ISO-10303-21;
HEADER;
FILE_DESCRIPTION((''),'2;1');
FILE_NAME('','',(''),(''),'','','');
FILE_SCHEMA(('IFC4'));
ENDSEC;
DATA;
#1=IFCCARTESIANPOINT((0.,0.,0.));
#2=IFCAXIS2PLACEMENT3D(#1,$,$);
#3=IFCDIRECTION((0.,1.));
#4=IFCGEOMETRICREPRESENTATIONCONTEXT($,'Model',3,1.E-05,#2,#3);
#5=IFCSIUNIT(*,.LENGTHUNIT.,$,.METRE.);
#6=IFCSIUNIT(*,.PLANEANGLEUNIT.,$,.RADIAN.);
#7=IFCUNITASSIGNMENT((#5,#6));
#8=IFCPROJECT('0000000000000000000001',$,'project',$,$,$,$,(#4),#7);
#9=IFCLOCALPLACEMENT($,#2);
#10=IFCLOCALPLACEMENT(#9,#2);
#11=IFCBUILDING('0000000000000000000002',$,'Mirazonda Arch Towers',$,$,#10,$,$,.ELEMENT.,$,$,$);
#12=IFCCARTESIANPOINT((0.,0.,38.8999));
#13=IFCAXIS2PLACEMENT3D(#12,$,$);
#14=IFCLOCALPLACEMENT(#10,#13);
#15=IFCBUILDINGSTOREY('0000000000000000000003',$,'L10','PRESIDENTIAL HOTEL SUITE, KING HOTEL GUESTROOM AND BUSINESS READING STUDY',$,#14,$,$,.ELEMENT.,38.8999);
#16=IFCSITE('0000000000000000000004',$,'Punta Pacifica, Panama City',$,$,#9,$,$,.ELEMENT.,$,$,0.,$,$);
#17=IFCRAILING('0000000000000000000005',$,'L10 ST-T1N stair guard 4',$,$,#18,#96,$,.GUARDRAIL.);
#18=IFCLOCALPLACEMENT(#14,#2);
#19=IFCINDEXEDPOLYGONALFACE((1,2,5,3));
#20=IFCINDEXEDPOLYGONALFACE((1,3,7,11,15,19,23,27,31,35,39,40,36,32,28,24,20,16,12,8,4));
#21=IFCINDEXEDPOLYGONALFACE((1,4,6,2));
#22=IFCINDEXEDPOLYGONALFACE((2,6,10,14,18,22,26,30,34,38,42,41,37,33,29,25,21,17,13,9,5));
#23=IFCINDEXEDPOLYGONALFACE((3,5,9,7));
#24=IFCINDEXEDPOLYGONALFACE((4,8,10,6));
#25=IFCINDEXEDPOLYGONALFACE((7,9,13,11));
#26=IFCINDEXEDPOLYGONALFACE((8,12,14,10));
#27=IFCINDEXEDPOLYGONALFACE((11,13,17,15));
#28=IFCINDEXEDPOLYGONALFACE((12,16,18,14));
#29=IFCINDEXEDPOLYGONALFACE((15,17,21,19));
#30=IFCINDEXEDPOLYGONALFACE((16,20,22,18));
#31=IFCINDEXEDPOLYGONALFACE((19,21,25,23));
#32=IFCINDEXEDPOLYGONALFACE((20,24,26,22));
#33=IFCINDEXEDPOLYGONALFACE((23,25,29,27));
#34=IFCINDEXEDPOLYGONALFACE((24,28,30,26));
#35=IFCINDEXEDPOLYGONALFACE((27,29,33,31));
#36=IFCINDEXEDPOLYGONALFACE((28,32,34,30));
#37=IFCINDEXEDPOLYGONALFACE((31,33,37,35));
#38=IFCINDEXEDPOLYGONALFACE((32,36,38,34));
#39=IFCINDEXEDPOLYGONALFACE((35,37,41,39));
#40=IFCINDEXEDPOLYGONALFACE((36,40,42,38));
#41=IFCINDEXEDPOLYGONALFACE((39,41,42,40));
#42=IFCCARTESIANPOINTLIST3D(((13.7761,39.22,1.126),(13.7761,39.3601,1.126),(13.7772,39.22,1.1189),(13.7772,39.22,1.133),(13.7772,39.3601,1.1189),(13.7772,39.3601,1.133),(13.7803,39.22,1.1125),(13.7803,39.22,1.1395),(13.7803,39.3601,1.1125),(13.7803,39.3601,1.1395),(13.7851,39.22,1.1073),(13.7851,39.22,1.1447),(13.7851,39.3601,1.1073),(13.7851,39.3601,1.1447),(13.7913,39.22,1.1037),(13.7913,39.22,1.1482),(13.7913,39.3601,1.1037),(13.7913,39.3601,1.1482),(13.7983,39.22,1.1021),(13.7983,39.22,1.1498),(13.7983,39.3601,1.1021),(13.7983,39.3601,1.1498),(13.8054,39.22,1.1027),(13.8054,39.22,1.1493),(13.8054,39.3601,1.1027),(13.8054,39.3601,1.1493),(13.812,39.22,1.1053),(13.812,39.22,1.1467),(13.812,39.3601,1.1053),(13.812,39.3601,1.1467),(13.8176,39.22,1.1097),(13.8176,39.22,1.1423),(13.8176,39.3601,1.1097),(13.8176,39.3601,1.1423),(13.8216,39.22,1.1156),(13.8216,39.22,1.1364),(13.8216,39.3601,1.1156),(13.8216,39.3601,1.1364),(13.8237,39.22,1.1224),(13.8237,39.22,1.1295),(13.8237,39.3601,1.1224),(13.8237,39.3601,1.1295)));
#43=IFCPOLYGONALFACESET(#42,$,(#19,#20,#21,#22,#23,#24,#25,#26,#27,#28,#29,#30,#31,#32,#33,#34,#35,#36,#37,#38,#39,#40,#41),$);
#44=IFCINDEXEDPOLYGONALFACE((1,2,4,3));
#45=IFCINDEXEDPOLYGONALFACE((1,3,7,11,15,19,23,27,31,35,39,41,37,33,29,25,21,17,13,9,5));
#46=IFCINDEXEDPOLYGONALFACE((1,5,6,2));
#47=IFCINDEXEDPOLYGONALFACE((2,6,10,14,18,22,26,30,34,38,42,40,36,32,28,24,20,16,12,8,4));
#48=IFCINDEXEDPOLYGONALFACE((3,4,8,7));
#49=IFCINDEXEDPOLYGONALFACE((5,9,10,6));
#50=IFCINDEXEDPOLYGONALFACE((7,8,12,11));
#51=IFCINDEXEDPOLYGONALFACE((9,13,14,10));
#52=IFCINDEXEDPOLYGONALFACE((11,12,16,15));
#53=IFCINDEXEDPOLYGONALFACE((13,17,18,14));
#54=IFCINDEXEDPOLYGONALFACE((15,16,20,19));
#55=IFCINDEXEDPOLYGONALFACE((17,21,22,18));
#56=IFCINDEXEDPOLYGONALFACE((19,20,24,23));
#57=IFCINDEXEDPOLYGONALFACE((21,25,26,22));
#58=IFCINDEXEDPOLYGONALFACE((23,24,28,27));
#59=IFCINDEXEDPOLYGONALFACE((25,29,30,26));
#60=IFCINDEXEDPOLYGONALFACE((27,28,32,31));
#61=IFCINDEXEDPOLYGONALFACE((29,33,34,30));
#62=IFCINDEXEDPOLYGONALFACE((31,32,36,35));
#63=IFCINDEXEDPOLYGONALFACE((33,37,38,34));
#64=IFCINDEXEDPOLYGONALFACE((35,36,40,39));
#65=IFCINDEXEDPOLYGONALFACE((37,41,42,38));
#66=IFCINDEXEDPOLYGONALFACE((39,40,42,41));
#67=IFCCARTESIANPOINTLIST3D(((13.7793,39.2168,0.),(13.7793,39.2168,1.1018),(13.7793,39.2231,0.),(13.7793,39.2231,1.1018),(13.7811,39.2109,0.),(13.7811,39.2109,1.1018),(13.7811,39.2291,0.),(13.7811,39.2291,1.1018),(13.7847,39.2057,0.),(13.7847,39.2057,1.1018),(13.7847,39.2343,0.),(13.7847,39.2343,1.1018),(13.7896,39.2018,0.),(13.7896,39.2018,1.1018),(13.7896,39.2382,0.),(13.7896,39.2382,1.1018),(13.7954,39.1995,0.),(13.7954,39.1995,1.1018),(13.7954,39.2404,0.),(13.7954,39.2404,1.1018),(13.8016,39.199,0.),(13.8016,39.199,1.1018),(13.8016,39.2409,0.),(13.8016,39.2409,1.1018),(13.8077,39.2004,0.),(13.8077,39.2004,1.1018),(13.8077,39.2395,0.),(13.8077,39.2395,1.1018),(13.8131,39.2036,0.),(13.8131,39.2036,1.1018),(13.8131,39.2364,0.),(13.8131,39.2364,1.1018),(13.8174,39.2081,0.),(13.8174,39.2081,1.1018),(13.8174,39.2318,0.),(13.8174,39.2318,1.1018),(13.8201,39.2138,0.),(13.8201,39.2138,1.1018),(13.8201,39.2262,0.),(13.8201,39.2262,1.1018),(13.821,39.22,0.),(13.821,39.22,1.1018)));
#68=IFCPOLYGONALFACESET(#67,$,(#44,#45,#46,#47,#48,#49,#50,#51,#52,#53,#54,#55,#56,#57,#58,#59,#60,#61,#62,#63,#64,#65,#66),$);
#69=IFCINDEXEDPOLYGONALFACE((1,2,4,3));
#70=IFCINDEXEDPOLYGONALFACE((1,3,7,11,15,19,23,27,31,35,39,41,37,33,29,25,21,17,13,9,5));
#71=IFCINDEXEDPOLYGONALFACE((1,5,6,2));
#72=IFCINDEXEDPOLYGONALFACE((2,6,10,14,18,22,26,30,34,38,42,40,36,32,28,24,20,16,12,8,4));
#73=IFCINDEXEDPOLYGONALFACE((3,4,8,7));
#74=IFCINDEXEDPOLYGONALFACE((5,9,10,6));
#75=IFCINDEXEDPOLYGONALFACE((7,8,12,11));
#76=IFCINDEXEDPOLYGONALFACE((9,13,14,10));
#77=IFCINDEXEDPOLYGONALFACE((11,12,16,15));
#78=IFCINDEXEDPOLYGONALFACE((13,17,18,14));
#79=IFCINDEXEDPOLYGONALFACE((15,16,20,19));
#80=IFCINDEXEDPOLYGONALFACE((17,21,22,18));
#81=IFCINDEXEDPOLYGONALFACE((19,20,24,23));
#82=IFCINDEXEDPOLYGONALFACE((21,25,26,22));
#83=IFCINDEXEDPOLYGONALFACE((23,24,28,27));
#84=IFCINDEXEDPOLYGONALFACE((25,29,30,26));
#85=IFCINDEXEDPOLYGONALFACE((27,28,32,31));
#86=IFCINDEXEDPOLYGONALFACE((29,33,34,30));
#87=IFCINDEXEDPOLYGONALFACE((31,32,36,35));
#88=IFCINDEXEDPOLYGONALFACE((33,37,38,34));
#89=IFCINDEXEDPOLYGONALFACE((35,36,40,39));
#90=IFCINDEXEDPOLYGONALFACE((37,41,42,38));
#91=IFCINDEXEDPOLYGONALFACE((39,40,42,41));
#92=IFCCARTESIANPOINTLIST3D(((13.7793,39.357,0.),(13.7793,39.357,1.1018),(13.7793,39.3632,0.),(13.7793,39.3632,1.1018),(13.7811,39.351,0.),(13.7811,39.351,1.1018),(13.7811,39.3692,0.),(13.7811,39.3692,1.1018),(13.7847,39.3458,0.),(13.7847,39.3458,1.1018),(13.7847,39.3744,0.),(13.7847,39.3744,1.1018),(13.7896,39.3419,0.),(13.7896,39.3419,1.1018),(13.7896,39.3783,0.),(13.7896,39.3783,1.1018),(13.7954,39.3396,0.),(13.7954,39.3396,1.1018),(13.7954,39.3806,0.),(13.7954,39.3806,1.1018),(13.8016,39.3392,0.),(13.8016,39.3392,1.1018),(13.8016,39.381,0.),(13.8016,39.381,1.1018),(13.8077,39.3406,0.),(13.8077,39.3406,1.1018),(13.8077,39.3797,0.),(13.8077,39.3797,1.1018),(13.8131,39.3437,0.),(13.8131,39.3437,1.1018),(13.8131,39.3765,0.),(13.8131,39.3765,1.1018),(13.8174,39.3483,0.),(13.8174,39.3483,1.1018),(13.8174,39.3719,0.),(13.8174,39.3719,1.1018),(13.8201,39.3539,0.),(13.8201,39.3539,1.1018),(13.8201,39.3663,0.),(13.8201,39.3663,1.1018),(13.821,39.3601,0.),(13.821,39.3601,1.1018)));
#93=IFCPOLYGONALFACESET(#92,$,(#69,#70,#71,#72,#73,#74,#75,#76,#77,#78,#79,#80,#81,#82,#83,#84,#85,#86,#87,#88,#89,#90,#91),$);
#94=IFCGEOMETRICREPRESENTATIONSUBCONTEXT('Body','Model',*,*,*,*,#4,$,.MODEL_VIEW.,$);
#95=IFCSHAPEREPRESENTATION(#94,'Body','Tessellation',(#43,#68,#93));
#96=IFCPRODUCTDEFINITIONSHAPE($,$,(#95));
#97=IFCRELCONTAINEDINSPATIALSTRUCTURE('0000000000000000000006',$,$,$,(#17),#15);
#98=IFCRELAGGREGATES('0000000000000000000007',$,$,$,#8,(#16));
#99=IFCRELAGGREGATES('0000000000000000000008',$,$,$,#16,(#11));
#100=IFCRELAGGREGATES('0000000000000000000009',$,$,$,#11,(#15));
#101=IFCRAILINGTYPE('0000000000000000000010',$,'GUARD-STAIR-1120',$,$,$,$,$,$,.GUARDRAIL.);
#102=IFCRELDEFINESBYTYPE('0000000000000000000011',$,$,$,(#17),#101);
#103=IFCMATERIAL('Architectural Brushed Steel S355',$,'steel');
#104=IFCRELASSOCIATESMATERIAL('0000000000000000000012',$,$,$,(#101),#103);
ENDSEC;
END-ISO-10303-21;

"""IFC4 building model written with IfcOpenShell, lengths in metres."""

from ifc_helpers import new_model, si_unit, direction, frame, origin, origin_2d, place, context, subcontext, project, spatial, circle, extrude, material, type_object, element, save


model = new_model("IFC4")

# Units and contexts
model_context = context("Model", 3, precision=1e-05, world=origin(), true_north=direction((0.0, 1.0)))
body_context = subcontext(model_context, "Body", "Model", "MODEL_VIEW")
ifc_project = project(units=[si_unit("LENGTHUNIT", "METRE"), si_unit("PLANEANGLEUNIT", "RADIAN")], contexts=[model_context])

# Site, building, storey
site_placement = place(None, origin())
site = spatial("IfcSite", under=ifc_project, at=site_placement, Name="Punta Pacifica, Panama City", CompositionType="ELEMENT", RefElevation=0.0)
building_placement = place(site_placement, origin())
building = spatial("IfcBuilding", under=site, at=building_placement, Name="Mirazonda Arch Towers", CompositionType="ELEMENT")
storey_placement = place(building_placement, frame((0.0, 0.0, 38.8999)))
storey = spatial("IfcBuildingStorey", under=building, at=storey_placement, Name="L10", Description="PRESIDENTIAL HOTEL SUITE, KING HOTEL GUESTROOM AND BUSINESS READING STUDY", CompositionType="ELEMENT", Elevation=38.8999)

# Shared definitions
ifc_material_1 = material(Name="Architectural Brushed Steel S355", Category="steel")

# Railing
railing_type_1 = type_object("IfcRailingType", Name="GUARD-STAIR-1120", PredefinedType="GUARDRAIL", material=ifc_material_1)
railing_1_placement = place(storey_placement, frame((13.8, 39.22, 0.0)))
element("IfcRailing", 1, at=railing_1_placement, inside=storey, type_object=railing_type_1, Name="L10 ST-T1N stair guard 4", PredefinedType="GUARDRAIL", context=body_context, shape_type="SweptSolid", body=[
    extrude(circle(Radius=0.0239, at=origin_2d()), frame((0.0, 0.0, 1.126), z_axis=(0.0, 1.0, 0.0), x_axis=(-1.0, 0.0, 0.0)), (0.0, 0.0, 1.0), 0.1401),
    extrude(circle(Radius=0.021, at=origin_2d()), origin(), (0.0, 0.0, 1.0), 1.1018),
    extrude(circle(Radius=0.021, at=origin_2d()), frame((0.0, 0.1401, 0.0)), (0.0, 0.0, 1.0), 1.1018),
])

save(model, "model.ifc")
